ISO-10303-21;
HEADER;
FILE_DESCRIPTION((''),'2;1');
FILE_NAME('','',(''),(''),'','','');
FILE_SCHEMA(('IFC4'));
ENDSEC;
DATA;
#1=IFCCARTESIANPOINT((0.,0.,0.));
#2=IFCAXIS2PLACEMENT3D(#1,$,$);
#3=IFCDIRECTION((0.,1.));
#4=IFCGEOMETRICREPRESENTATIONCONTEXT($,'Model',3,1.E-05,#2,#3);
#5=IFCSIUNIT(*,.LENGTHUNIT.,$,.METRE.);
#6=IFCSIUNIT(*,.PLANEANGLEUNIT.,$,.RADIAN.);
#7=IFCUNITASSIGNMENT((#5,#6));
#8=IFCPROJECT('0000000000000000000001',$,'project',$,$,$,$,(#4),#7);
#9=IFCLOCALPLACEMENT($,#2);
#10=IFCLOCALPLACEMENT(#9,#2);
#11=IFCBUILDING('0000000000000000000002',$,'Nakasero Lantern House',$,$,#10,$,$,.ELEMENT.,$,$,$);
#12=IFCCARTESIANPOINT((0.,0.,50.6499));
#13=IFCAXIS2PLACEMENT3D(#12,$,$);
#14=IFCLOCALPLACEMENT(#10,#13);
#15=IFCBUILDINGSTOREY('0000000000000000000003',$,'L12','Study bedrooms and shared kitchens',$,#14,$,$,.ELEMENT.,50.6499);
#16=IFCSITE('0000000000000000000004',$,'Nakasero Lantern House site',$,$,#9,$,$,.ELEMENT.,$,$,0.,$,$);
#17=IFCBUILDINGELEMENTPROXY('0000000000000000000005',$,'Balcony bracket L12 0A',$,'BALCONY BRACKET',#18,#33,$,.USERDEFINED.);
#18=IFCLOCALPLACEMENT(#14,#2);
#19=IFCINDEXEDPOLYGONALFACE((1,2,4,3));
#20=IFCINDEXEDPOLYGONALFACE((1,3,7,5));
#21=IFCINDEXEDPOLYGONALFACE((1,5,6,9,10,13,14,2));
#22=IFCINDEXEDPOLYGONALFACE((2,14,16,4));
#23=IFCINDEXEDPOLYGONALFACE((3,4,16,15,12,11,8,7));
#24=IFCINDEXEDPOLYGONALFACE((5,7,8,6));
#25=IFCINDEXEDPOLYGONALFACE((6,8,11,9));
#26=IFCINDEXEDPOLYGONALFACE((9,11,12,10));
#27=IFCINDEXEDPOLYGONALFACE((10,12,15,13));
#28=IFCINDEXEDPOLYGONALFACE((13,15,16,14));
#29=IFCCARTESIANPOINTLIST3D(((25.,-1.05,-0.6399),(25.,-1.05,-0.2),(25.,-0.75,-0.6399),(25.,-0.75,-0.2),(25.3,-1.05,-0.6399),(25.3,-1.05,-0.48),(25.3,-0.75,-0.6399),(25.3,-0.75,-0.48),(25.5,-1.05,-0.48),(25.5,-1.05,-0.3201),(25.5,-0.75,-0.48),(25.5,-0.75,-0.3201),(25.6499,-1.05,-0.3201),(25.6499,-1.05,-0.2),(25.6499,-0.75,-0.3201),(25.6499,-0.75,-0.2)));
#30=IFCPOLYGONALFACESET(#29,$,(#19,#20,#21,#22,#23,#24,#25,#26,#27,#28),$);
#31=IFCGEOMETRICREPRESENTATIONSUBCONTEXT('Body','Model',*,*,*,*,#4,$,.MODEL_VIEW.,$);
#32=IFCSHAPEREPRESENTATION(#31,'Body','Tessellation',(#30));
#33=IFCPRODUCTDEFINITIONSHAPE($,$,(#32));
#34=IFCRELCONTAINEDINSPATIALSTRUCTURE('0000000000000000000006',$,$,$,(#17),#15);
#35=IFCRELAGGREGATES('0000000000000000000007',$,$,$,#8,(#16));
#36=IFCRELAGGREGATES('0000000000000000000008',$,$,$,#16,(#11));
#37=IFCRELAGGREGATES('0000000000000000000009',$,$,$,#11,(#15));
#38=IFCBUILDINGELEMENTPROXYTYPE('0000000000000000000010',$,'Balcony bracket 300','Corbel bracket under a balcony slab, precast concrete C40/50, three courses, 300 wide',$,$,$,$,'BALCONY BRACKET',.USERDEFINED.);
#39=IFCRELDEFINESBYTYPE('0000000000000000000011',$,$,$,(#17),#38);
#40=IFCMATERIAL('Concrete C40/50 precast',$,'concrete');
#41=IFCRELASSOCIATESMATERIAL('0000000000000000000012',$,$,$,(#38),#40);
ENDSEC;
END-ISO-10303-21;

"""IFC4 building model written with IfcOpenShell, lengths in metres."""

from ifc_helpers import new_model, si_unit, direction, frame, origin, place, context, subcontext, project, spatial, polyline, outline, extrude, material, type_object, element, save


model = new_model("IFC4")

# Units and contexts
model_context = context("Model", 3, precision=1e-05, world=origin(), true_north=direction((0.0, 1.0)))
body_context = subcontext(model_context, "Body", "Model", "MODEL_VIEW")
ifc_project = project(units=[si_unit("LENGTHUNIT", "METRE"), si_unit("PLANEANGLEUNIT", "RADIAN")], contexts=[model_context])

# Site, building, storey
site_placement = place(None, origin())
site = spatial("IfcSite", under=ifc_project, at=site_placement, Name="Nakasero Lantern House site", CompositionType="ELEMENT", RefElevation=0.0)
building_placement = place(site_placement, origin())
building = spatial("IfcBuilding", under=site, at=building_placement, Name="Nakasero Lantern House", CompositionType="ELEMENT")
storey_placement = place(building_placement, frame((0.0, 0.0, 50.6499)))
storey = spatial("IfcBuildingStorey", under=building, at=storey_placement, Name="L12", Description="Study bedrooms and shared kitchens", CompositionType="ELEMENT", Elevation=50.6499)

# Building element proxy
ifc_material_1 = material(Name="Concrete C40/50 precast", Category="concrete")
building_element_proxy_type = type_object("IfcBuildingElementProxyType", Name="Balcony bracket 300", Description="Corbel bracket under a balcony slab, precast concrete C40/50, three courses, 300 wide", ElementType="BALCONY BRACKET", PredefinedType="USERDEFINED", material=ifc_material_1)
proxy_placement = place(storey_placement, frame((25.0, -0.8999, -0.2), z_axis=(0.0, 0.0, 1.0), x_axis=(1.0, 0.0, 0.0)))
element("IfcBuildingElementProxy", 1, at=proxy_placement, inside=storey, type_object=building_element_proxy_type, Name="Balcony bracket L12 0A", ObjectType="BALCONY BRACKET", PredefinedType="USERDEFINED", context=body_context, shape_type="SweptSolid", body=[
    extrude(outline(polyline([(0.0, 0.0), (0.6499, 0.0), (0.6499, -0.1201), (0.5, -0.1201), (0.5, -0.28), (0.3, -0.28), (0.3, -0.4399), (0.0, -0.4399), (0.0, 0.0)])), frame((0.0, 0.1499, 0.0), z_axis=(0.0, -1.0, 0.0), x_axis=(1.0, 0.0, 0.0)), (0.0, 0.0, 1.0), 0.3),
])

save(model, "model.ifc")
